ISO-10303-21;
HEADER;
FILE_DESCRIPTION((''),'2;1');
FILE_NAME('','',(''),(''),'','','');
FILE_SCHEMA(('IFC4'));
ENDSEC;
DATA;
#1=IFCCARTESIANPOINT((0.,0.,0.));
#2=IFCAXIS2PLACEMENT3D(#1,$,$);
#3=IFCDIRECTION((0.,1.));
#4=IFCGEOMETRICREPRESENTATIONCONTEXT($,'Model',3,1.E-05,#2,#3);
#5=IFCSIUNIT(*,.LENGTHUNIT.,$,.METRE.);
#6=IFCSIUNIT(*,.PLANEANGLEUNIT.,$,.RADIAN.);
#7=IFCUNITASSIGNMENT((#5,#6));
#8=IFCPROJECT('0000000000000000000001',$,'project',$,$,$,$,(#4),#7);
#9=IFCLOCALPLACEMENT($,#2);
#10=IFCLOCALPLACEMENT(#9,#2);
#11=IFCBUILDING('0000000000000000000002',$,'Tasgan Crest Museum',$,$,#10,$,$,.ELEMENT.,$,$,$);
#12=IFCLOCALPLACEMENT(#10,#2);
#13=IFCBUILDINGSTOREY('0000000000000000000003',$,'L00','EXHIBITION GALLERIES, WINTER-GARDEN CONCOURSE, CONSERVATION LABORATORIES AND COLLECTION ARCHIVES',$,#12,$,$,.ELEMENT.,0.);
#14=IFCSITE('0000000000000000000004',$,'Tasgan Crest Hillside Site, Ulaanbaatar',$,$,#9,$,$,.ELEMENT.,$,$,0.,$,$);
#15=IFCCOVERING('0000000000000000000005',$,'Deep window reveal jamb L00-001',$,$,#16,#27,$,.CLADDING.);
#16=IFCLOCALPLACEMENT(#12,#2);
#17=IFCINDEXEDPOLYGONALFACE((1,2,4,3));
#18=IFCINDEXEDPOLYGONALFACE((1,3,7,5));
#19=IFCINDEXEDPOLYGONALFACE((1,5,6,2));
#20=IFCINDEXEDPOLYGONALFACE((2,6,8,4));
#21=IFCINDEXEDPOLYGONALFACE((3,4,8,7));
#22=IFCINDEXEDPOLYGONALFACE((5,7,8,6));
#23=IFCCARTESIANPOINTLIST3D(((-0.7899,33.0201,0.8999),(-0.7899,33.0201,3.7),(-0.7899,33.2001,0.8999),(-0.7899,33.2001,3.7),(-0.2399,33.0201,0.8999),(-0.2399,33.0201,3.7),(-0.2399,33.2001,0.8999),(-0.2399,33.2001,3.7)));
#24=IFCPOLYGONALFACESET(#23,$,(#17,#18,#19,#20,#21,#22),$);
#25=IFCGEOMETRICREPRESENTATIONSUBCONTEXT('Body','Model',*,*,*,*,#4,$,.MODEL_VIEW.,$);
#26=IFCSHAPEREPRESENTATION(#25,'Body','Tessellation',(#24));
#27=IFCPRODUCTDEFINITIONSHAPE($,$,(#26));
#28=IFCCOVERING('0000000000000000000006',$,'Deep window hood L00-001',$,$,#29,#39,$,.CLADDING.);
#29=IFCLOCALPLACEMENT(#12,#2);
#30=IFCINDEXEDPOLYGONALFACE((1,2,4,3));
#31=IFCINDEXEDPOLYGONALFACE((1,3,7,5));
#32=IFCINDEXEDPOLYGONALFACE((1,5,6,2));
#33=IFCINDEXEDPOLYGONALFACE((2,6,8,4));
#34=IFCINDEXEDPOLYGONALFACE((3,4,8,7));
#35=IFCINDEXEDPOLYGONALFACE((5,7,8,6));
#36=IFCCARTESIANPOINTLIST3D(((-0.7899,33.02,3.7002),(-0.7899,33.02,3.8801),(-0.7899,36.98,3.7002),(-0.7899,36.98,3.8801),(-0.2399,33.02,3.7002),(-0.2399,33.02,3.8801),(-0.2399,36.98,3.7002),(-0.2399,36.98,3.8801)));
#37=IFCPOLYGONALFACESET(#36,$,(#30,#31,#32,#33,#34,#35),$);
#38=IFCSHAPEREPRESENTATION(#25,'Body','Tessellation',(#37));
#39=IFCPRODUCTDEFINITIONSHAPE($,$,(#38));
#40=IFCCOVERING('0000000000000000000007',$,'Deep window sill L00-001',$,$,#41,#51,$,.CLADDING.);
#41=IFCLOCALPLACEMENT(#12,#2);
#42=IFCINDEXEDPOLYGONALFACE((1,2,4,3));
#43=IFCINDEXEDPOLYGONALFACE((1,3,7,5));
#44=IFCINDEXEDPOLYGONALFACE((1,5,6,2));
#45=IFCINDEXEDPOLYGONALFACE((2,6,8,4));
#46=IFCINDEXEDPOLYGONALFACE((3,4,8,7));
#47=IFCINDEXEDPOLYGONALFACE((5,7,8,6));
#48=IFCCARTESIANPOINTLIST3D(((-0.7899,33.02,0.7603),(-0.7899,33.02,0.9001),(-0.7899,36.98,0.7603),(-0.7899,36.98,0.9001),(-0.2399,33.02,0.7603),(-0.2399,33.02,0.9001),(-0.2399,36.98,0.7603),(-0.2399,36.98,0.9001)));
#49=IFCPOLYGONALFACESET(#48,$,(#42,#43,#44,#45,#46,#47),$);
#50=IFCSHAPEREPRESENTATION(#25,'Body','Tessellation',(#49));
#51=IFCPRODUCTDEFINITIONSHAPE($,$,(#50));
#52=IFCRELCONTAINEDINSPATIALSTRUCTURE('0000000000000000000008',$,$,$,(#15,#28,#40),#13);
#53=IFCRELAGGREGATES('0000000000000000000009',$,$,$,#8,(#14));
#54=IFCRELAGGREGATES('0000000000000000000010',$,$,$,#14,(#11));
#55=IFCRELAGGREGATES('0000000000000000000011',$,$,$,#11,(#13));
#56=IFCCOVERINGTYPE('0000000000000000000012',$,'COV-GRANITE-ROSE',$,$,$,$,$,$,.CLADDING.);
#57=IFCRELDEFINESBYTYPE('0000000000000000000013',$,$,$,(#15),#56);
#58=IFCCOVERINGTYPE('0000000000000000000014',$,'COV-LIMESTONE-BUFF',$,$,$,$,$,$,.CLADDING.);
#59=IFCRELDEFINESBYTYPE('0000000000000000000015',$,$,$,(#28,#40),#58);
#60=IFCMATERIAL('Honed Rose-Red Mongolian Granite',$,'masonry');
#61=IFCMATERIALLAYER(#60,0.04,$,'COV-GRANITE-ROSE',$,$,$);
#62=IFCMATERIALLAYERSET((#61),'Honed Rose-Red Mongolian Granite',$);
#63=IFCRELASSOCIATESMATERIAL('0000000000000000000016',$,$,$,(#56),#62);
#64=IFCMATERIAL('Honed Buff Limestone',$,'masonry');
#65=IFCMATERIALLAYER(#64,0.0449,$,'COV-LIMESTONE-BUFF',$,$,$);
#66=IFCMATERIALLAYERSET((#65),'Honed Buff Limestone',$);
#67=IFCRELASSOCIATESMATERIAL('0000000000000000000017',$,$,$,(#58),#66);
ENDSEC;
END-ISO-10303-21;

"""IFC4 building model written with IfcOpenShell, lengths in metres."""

from ifc_helpers import new_model, si_unit, direction, frame, origin, origin_2d, place, context, subcontext, project, spatial, rectangle, extrude, material, layer, layer_set, type_object, element, save


model = new_model("IFC4")

# Units and contexts
model_context = context("Model", 3, precision=1e-05, world=origin(), true_north=direction((0.0, 1.0)))
body_context = subcontext(model_context, "Body", "Model", "MODEL_VIEW")
ifc_project = project(units=[si_unit("LENGTHUNIT", "METRE"), si_unit("PLANEANGLEUNIT", "RADIAN")], contexts=[model_context])

# Site, building, storey
site_placement = place(None, origin())
site = spatial("IfcSite", under=ifc_project, at=site_placement, Name="Tasgan Crest Hillside Site, Ulaanbaatar", CompositionType="ELEMENT", RefElevation=0.0)
building_placement = place(site_placement, origin())
building = spatial("IfcBuilding", under=site, at=building_placement, Name="Tasgan Crest Museum", CompositionType="ELEMENT")
storey_placement = place(building_placement, origin())
storey = spatial("IfcBuildingStorey", under=building, at=storey_placement, Name="L00", Description="EXHIBITION GALLERIES, WINTER-GARDEN CONCOURSE, CONSERVATION LABORATORIES AND COLLECTION ARCHIVES", CompositionType="ELEMENT", Elevation=0.0)

# Coverings
ifc_material_1 = material(Name="Honed Rose-Red Mongolian Granite", Category="masonry")
ifc_layer_1 = layer(ifc_material_1, 0.04, Name="COV-GRANITE-ROSE")
ifc_layer_set_1 = layer_set([ifc_layer_1], Name="Honed Rose-Red Mongolian Granite")
covering_type_1 = type_object("IfcCoveringType", Name="COV-GRANITE-ROSE", PredefinedType="CLADDING", material=ifc_layer_set_1)
covering_1_placement = place(storey_placement, frame((-0.5149, 33.1101, 0.8999), z_axis=(0.0, 0.0, 1.0), x_axis=(0.0, -1.0, 0.0)))
element("IfcCovering", 1, at=covering_1_placement, inside=storey, type_object=covering_type_1, Name="Deep window reveal jamb L00-001", PredefinedType="CLADDING", context=body_context, shape_type="SweptSolid", body=[
    extrude(rectangle(XDim=0.1799, YDim=0.55, at=origin_2d()), origin(), (0.0, 0.0, 1.0), 2.8),
])
ifc_material_2 = material(Name="Honed Buff Limestone", Category="masonry")
ifc_layer_2 = layer(ifc_material_2, 0.0449, Name="COV-LIMESTONE-BUFF")
ifc_layer_set_2 = layer_set([ifc_layer_2], Name="Honed Buff Limestone")
covering_type_2 = type_object("IfcCoveringType", Name="COV-LIMESTONE-BUFF", PredefinedType="CLADDING", material=ifc_layer_set_2)
covering_2_placement = place(storey_placement, frame((-0.5149, 35.0, 3.7002), z_axis=(0.0, 0.0, 1.0), x_axis=(0.0, -1.0, 0.0)))
element("IfcCovering", 2, at=covering_2_placement, inside=storey, type_object=covering_type_2, Name="Deep window hood L00-001", PredefinedType="CLADDING", context=body_context, shape_type="SweptSolid", body=[
    extrude(rectangle(XDim=3.96, YDim=0.55, at=origin_2d()), origin(), (0.0, 0.0, 1.0), 0.1799),
])
covering_3_placement = place(storey_placement, frame((-0.5149, 35.0, 0.7603), z_axis=(0.0, 0.0, 1.0), x_axis=(0.0, -1.0, 0.0)))
element("IfcCovering", 3, at=covering_3_placement, inside=storey, type_object=covering_type_2, Name="Deep window sill L00-001", PredefinedType="CLADDING", context=body_context, shape_type="SweptSolid", body=[
    extrude(rectangle(XDim=3.96, YDim=0.55, at=origin_2d()), origin(), (0.0, 0.0, 1.0), 0.1399),
])

save(model, "model.ifc")
